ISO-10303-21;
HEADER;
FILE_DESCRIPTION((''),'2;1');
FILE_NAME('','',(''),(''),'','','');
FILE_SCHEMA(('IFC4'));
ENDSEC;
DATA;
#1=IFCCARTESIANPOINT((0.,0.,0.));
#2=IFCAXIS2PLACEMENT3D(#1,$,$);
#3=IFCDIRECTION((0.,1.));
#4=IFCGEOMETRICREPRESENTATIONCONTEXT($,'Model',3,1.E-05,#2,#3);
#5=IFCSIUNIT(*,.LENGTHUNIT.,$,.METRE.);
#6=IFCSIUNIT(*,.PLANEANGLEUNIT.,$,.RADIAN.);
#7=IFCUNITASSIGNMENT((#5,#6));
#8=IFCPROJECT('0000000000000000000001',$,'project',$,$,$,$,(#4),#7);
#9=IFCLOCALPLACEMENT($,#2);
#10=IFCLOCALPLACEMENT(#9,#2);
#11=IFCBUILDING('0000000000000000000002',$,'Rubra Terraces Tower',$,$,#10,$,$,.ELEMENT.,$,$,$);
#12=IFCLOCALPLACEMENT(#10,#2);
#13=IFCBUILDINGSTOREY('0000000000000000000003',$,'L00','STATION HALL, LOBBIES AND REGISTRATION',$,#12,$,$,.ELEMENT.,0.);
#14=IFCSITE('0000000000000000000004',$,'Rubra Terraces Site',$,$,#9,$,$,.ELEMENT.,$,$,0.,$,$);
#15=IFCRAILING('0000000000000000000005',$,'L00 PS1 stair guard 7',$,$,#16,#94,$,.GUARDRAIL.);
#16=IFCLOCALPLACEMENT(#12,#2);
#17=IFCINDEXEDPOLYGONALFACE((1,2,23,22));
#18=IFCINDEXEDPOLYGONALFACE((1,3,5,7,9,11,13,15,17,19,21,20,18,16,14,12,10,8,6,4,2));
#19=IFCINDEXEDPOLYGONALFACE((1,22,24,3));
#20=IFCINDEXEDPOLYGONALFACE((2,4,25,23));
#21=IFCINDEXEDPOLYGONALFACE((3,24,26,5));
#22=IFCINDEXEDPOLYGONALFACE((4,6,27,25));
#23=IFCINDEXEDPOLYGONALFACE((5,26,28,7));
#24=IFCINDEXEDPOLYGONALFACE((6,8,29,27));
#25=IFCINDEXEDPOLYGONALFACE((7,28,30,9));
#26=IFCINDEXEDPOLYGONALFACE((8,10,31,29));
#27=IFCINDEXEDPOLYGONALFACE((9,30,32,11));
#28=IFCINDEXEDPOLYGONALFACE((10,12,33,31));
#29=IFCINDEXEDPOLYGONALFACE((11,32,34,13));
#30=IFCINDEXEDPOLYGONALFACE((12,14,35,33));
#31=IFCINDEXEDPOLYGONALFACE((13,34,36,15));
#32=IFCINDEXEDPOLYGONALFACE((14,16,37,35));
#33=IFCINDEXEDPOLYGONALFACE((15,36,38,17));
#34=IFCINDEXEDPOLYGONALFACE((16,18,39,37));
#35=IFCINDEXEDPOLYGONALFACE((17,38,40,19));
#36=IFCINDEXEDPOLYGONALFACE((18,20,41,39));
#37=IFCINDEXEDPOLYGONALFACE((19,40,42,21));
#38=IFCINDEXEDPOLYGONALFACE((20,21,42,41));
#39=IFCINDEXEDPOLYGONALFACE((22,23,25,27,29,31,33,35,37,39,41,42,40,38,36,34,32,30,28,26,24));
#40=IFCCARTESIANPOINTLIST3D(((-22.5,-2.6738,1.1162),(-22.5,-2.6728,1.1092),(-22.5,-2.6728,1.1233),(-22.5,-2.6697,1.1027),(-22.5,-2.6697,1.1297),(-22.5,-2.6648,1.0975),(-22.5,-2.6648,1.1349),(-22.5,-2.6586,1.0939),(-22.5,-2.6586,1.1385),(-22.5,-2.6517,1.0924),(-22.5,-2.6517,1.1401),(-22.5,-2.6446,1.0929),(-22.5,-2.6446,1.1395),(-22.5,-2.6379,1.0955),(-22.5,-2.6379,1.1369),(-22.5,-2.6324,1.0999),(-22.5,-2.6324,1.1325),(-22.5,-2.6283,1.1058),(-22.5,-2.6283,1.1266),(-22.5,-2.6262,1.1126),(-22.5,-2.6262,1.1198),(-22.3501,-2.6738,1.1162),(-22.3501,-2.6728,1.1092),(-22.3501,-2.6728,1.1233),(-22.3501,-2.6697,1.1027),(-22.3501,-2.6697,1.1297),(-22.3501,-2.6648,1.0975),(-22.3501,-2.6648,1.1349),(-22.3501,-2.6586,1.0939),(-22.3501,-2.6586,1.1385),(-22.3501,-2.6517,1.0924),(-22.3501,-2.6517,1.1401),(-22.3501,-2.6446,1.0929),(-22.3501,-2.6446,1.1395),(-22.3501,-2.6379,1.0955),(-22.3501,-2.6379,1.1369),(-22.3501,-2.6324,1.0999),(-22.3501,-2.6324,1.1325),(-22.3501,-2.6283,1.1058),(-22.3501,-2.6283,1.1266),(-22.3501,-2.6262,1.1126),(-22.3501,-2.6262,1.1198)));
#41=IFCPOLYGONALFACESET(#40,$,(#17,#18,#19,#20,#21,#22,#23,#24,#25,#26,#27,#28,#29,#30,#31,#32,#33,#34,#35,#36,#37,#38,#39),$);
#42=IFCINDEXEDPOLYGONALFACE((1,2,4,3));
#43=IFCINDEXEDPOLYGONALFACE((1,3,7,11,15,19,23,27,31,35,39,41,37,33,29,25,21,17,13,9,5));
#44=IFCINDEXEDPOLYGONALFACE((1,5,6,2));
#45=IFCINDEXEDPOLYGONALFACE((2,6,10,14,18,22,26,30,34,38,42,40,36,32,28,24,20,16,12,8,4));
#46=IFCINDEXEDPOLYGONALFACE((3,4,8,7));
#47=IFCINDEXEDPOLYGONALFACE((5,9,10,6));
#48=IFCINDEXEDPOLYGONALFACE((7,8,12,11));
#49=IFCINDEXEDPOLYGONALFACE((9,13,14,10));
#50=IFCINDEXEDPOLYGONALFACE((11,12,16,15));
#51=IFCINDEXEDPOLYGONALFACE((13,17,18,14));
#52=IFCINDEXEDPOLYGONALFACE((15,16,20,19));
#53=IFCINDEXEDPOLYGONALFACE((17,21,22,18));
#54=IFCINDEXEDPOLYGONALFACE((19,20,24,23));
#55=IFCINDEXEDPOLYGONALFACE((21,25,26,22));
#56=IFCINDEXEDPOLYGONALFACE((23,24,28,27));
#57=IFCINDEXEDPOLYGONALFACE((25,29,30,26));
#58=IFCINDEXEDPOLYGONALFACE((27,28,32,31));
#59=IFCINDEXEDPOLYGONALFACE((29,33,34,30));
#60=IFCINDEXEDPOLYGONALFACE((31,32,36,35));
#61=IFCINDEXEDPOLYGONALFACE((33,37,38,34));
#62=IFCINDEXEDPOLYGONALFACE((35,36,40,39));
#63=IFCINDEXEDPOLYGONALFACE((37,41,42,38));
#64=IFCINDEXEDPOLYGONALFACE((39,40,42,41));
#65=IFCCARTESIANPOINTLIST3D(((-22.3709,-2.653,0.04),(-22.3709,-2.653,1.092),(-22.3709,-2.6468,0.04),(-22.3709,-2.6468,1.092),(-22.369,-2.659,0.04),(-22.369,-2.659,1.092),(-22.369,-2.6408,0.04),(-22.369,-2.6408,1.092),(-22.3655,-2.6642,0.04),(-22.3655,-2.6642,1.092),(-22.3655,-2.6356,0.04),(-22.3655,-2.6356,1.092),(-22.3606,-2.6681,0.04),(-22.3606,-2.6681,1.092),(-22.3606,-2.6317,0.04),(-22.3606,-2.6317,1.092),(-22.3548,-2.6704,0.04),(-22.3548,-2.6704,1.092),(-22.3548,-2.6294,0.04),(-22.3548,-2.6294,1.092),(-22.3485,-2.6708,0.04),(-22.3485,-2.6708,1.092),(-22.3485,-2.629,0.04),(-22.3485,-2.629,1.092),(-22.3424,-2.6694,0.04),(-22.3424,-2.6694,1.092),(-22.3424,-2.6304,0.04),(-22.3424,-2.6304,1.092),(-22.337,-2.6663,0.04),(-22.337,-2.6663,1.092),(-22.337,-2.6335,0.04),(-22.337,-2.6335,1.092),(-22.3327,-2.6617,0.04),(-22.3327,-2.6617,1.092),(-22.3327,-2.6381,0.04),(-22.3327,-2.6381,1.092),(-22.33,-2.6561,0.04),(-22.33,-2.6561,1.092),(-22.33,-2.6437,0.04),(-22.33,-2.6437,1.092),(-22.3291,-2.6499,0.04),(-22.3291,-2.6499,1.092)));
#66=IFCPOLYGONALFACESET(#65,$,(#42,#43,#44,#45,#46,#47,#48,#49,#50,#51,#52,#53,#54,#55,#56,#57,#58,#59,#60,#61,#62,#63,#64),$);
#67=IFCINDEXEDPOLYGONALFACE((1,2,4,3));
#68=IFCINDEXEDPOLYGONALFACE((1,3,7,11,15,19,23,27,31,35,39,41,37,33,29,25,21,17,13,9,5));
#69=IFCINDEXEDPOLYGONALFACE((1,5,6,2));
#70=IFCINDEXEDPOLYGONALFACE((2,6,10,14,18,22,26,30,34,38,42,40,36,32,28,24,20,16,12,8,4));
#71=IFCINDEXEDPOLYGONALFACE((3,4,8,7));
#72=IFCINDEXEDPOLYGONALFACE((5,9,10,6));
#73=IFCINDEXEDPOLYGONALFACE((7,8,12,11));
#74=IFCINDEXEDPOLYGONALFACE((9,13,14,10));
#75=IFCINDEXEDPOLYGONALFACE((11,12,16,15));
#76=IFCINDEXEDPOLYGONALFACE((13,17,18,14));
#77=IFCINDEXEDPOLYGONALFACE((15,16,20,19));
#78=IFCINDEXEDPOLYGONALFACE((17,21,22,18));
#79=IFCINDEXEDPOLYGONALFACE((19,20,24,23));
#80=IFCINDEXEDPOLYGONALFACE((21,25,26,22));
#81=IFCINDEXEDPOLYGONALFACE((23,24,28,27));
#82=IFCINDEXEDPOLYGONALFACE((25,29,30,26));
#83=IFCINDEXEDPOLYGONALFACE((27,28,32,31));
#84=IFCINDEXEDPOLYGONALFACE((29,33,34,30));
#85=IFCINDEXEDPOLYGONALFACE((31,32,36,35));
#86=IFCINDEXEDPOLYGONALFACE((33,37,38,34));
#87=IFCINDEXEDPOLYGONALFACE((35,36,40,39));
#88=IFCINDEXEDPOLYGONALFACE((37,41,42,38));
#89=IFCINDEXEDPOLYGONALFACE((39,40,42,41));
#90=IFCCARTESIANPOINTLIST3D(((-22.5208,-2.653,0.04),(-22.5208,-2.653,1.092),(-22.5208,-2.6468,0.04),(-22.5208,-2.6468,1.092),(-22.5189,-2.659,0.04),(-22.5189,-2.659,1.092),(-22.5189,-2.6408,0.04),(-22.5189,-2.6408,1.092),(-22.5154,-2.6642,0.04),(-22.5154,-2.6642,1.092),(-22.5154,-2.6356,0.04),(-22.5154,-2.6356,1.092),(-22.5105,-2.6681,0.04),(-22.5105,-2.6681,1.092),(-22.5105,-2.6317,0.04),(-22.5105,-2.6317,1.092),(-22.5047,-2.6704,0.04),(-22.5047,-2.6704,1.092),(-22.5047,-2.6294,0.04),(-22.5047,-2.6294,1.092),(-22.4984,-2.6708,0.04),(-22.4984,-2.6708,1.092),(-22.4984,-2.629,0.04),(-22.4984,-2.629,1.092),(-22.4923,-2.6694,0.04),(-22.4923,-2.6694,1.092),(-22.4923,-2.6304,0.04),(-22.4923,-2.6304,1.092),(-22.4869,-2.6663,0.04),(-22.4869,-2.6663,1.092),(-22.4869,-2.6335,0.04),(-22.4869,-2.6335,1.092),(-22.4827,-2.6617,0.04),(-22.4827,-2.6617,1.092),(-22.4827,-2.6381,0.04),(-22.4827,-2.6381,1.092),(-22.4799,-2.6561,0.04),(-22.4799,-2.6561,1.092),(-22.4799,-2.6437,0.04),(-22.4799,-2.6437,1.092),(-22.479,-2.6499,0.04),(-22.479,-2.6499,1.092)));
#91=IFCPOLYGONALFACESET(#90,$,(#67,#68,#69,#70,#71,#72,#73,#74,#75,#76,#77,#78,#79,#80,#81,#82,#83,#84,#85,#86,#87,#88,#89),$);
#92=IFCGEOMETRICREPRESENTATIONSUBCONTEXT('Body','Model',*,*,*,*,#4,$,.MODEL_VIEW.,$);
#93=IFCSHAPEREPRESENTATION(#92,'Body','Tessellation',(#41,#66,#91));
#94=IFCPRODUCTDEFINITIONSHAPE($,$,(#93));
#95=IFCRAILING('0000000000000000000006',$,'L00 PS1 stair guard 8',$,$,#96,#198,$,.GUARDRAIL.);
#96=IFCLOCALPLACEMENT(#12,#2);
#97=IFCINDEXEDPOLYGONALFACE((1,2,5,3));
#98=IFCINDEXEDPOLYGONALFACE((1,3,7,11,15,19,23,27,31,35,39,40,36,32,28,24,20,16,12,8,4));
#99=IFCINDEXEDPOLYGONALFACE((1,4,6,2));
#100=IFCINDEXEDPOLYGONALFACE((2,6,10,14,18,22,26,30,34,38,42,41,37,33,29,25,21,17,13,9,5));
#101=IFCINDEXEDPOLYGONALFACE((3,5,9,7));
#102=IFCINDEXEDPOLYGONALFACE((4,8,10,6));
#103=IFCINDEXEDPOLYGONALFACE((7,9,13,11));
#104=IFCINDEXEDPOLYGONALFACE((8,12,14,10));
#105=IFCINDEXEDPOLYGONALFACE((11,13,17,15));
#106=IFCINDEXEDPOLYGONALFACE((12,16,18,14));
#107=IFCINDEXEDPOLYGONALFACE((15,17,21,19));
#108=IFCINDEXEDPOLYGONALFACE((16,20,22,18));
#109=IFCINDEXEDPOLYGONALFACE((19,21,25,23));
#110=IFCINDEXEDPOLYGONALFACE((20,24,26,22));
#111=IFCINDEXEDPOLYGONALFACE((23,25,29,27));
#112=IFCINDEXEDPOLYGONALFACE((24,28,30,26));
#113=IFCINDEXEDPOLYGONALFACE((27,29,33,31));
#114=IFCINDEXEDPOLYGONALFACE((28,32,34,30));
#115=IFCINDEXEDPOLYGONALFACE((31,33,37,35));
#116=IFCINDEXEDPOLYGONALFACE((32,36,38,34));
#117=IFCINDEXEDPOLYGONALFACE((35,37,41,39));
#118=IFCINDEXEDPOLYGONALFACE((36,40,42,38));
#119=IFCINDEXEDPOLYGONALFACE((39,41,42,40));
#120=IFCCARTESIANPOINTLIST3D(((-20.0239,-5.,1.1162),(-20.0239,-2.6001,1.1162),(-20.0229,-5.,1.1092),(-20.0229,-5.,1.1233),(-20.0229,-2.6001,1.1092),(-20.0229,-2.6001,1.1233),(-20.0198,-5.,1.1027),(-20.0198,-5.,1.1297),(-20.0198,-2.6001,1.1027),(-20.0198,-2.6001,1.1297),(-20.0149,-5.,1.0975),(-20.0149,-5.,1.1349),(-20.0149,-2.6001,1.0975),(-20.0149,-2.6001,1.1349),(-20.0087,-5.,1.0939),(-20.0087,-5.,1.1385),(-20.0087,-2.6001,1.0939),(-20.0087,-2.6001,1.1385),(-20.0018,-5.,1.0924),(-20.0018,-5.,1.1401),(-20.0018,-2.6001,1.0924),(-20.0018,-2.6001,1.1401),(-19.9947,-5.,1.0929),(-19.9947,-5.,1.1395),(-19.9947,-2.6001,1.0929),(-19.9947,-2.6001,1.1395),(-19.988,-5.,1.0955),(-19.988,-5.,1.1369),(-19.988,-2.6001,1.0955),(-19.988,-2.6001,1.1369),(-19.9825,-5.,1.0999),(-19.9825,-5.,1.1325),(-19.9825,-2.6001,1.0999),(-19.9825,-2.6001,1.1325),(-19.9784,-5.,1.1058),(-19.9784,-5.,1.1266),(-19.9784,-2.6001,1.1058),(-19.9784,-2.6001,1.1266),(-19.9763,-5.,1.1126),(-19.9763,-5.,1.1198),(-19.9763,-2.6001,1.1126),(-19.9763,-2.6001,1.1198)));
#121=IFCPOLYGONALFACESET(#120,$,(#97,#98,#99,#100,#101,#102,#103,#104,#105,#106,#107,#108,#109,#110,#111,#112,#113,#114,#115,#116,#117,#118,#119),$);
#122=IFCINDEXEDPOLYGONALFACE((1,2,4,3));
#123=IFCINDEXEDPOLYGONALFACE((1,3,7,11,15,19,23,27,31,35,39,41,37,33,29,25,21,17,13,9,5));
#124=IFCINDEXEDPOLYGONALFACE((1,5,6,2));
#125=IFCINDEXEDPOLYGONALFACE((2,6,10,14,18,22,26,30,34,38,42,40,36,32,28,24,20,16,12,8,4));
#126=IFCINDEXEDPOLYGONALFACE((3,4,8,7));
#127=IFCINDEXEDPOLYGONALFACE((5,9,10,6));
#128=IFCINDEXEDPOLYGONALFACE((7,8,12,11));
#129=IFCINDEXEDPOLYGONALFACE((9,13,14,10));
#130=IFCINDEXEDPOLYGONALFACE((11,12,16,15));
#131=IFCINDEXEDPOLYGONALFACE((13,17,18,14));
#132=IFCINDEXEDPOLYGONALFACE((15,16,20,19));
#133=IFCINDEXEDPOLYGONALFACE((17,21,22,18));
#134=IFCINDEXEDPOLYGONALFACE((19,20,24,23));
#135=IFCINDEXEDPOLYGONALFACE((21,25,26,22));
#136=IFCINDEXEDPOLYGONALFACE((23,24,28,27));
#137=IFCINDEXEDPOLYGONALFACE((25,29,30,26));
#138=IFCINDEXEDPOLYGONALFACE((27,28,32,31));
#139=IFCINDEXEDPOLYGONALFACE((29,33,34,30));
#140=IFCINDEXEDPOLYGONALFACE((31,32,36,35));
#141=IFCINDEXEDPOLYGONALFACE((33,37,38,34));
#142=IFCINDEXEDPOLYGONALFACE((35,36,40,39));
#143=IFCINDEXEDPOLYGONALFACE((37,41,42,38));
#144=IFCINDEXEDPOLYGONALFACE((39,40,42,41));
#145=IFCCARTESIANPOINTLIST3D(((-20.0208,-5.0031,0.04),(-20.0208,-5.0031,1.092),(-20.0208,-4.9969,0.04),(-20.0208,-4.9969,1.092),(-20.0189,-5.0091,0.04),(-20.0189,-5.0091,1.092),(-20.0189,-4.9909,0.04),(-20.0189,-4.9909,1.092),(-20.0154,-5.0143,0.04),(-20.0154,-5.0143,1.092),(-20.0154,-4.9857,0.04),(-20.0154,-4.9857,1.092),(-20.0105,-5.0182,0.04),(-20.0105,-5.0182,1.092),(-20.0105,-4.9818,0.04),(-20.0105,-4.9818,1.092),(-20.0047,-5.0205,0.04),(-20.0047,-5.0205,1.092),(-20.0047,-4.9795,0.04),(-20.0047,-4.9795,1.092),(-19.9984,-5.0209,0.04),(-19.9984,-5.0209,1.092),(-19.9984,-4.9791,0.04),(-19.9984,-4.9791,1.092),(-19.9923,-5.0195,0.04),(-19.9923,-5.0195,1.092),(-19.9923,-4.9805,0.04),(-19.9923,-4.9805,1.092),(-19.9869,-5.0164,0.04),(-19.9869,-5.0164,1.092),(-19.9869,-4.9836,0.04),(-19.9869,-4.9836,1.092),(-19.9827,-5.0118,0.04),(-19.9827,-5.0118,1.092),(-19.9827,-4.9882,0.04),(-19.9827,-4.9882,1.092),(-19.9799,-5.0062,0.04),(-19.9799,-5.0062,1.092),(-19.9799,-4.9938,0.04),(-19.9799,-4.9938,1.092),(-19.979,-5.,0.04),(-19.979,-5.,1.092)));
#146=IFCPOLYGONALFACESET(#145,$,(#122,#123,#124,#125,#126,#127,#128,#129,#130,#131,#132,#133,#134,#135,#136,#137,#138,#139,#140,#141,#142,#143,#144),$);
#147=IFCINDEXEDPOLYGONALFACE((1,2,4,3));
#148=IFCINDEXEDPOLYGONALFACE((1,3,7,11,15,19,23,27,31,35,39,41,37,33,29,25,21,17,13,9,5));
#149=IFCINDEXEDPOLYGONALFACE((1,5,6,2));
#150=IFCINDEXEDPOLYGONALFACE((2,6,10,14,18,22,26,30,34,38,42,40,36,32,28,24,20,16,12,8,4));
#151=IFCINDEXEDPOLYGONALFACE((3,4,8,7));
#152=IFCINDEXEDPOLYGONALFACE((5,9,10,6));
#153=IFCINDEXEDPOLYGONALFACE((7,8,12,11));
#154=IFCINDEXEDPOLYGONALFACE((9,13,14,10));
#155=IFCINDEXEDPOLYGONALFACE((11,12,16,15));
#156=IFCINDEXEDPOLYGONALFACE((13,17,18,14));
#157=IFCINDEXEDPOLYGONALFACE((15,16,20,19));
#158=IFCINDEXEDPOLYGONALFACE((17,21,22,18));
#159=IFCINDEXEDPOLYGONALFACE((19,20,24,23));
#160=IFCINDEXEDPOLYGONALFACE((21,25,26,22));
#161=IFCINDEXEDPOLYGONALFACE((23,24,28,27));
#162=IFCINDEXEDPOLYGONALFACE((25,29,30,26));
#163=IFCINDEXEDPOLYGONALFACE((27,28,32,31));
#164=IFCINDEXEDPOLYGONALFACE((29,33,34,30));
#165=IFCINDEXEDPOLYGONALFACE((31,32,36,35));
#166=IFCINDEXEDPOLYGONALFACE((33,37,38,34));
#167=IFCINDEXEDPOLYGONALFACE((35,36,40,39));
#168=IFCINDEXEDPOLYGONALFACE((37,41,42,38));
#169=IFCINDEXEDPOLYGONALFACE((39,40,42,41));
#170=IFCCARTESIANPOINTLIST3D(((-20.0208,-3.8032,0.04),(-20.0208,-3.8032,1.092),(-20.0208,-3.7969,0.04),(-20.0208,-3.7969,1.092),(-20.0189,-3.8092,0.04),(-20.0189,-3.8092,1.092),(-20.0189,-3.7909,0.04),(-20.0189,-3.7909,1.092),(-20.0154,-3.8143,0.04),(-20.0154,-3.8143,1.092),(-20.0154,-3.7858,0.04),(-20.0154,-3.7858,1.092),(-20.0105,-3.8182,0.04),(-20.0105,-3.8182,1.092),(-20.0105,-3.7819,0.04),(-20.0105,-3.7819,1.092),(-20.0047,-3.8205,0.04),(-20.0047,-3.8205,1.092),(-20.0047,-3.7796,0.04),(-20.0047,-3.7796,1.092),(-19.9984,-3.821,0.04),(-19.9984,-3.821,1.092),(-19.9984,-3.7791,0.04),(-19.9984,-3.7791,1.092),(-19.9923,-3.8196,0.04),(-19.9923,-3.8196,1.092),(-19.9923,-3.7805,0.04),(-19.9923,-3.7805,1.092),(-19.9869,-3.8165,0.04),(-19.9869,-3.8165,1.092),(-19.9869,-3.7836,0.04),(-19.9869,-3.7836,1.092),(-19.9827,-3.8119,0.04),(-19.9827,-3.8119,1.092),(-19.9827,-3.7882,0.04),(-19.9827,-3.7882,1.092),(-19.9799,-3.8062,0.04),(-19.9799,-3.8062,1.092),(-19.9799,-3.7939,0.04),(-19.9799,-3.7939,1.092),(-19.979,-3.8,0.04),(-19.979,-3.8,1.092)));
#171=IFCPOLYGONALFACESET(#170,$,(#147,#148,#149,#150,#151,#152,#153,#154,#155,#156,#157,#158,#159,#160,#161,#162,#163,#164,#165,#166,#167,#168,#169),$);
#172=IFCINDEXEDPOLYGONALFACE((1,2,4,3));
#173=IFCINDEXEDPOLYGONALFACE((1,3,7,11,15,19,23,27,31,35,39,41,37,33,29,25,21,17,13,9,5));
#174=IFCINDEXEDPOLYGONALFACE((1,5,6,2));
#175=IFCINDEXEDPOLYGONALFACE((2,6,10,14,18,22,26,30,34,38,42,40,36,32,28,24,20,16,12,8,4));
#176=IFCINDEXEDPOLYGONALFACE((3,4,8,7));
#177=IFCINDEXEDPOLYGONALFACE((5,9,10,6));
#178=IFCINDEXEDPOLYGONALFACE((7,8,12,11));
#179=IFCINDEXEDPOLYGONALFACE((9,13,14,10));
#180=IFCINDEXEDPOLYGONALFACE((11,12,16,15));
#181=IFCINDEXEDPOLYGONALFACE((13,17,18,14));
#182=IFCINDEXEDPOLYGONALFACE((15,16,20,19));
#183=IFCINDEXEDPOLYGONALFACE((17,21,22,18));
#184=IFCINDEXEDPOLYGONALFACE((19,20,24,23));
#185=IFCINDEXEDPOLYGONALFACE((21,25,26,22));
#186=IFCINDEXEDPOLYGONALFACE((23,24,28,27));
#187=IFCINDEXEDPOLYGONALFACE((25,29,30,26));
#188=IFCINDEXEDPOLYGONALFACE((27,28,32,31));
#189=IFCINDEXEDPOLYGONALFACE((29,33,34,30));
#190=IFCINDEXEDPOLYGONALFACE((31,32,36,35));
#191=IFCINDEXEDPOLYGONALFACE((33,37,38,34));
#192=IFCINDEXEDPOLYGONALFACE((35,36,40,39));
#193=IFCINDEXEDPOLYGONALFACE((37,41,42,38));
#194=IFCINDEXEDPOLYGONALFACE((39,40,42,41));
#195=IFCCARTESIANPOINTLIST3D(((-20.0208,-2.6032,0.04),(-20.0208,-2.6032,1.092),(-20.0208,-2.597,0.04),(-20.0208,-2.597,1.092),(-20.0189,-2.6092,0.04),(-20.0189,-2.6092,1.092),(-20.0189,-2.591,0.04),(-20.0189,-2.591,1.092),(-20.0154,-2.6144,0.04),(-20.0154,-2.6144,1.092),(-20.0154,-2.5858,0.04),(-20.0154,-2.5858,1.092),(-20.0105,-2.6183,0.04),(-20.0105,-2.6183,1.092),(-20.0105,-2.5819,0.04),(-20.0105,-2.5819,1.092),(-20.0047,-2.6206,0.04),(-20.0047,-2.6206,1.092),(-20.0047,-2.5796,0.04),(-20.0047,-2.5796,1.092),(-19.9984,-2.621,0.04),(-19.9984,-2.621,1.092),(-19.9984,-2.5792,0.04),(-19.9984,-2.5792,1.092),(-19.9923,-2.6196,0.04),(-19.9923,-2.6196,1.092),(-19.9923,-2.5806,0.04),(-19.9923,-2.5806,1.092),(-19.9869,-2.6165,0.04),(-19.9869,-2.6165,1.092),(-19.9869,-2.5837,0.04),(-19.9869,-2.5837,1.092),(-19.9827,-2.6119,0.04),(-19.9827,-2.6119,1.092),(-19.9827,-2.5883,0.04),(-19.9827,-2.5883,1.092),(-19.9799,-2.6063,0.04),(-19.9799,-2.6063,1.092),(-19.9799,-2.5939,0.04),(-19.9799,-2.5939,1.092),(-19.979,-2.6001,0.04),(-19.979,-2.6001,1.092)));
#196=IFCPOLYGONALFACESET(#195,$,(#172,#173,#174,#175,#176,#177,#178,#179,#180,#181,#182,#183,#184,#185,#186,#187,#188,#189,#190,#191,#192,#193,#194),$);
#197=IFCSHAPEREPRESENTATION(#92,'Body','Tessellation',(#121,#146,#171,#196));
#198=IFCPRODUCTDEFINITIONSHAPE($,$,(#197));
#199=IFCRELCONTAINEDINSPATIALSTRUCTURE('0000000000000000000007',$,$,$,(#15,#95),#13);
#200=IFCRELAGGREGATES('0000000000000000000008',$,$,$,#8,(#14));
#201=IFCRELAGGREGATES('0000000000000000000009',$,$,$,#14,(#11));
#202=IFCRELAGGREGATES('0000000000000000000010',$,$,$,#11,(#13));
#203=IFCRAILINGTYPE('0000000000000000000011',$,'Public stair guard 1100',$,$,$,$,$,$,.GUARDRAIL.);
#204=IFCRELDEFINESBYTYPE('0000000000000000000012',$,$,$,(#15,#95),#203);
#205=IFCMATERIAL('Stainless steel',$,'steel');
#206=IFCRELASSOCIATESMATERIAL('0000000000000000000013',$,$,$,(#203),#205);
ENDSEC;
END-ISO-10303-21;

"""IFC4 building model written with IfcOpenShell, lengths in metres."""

from ifc_helpers import new_model, si_unit, direction, frame, origin, origin_2d, place, context, subcontext, project, spatial, circle, extrude, material, type_object, element, save


model = new_model("IFC4")

# Units and contexts
model_context = context("Model", 3, precision=1e-05, world=origin(), true_north=direction((0.0, 1.0)))
body_context = subcontext(model_context, "Body", "Model", "MODEL_VIEW")
ifc_project = project(units=[si_unit("LENGTHUNIT", "METRE"), si_unit("PLANEANGLEUNIT", "RADIAN")], contexts=[model_context])

# Site, building, storey
site_placement = place(None, origin())
site = spatial("IfcSite", under=ifc_project, at=site_placement, Name="Rubra Terraces Site", CompositionType="ELEMENT", RefElevation=0.0)
building_placement = place(site_placement, origin())
building = spatial("IfcBuilding", under=site, at=building_placement, Name="Rubra Terraces Tower", CompositionType="ELEMENT")
storey_placement = place(building_placement, origin())
storey = spatial("IfcBuildingStorey", under=building, at=storey_placement, Name="L00", Description="STATION HALL, LOBBIES AND REGISTRATION", CompositionType="ELEMENT", Elevation=0.0)

# Railings
ifc_material_1 = material(Name="Stainless steel", Category="steel")
railing_type_1 = type_object("IfcRailingType", Name="Public stair guard 1100", PredefinedType="GUARDRAIL", material=ifc_material_1)
railing_1_placement = place(storey_placement, frame((-22.3501, -2.6499, 0.04)))
element("IfcRailing", 1, at=railing_1_placement, inside=storey, type_object=railing_type_1, Name="L00 PS1 stair guard 7", PredefinedType="GUARDRAIL", context=body_context, shape_type="SweptSolid", body=[
    extrude(circle(Radius=0.0239, at=origin_2d()), frame((0.0, 0.0, 1.0762), z_axis=(-1.0, 0.0, 0.0), x_axis=(0.0, -1.0, 0.0)), (0.0, 0.0, 1.0), 0.1499),
    extrude(circle(Radius=0.021, at=origin_2d()), origin(), (0.0, 0.0, 1.0), 1.052),
    extrude(circle(Radius=0.021, at=origin_2d()), frame((-0.1499, 0.0, 0.0)), (0.0, 0.0, 1.0), 1.052),
])
for number, where, name in (
    (2, (-20.0, -5.0, 0.04), "L00 PS1 stair guard 8"),
):
    element("IfcRailing", number, at=place(storey_placement, frame(where)), inside=storey, type_object=railing_type_1, Name=name, PredefinedType="GUARDRAIL", context=body_context, shape_type="SweptSolid", body=[
        extrude(circle(Radius=0.0239, at=origin_2d()), frame((0.0, 0.0, 1.0762), z_axis=(0.0, 1.0, 0.0), x_axis=(-1.0, 0.0, 0.0)), (0.0, 0.0, 1.0), 2.3999),
        extrude(circle(Radius=0.021, at=origin_2d()), origin(), (0.0, 0.0, 1.0), 1.052),
        extrude(circle(Radius=0.021, at=origin_2d()), frame((0.0, 1.2, 0.0)), (0.0, 0.0, 1.0), 1.052),
        extrude(circle(Radius=0.021, at=origin_2d()), frame((0.0, 2.3999, 0.0)), (0.0, 0.0, 1.0), 1.052),
    ])

save(model, "model.ifc")
